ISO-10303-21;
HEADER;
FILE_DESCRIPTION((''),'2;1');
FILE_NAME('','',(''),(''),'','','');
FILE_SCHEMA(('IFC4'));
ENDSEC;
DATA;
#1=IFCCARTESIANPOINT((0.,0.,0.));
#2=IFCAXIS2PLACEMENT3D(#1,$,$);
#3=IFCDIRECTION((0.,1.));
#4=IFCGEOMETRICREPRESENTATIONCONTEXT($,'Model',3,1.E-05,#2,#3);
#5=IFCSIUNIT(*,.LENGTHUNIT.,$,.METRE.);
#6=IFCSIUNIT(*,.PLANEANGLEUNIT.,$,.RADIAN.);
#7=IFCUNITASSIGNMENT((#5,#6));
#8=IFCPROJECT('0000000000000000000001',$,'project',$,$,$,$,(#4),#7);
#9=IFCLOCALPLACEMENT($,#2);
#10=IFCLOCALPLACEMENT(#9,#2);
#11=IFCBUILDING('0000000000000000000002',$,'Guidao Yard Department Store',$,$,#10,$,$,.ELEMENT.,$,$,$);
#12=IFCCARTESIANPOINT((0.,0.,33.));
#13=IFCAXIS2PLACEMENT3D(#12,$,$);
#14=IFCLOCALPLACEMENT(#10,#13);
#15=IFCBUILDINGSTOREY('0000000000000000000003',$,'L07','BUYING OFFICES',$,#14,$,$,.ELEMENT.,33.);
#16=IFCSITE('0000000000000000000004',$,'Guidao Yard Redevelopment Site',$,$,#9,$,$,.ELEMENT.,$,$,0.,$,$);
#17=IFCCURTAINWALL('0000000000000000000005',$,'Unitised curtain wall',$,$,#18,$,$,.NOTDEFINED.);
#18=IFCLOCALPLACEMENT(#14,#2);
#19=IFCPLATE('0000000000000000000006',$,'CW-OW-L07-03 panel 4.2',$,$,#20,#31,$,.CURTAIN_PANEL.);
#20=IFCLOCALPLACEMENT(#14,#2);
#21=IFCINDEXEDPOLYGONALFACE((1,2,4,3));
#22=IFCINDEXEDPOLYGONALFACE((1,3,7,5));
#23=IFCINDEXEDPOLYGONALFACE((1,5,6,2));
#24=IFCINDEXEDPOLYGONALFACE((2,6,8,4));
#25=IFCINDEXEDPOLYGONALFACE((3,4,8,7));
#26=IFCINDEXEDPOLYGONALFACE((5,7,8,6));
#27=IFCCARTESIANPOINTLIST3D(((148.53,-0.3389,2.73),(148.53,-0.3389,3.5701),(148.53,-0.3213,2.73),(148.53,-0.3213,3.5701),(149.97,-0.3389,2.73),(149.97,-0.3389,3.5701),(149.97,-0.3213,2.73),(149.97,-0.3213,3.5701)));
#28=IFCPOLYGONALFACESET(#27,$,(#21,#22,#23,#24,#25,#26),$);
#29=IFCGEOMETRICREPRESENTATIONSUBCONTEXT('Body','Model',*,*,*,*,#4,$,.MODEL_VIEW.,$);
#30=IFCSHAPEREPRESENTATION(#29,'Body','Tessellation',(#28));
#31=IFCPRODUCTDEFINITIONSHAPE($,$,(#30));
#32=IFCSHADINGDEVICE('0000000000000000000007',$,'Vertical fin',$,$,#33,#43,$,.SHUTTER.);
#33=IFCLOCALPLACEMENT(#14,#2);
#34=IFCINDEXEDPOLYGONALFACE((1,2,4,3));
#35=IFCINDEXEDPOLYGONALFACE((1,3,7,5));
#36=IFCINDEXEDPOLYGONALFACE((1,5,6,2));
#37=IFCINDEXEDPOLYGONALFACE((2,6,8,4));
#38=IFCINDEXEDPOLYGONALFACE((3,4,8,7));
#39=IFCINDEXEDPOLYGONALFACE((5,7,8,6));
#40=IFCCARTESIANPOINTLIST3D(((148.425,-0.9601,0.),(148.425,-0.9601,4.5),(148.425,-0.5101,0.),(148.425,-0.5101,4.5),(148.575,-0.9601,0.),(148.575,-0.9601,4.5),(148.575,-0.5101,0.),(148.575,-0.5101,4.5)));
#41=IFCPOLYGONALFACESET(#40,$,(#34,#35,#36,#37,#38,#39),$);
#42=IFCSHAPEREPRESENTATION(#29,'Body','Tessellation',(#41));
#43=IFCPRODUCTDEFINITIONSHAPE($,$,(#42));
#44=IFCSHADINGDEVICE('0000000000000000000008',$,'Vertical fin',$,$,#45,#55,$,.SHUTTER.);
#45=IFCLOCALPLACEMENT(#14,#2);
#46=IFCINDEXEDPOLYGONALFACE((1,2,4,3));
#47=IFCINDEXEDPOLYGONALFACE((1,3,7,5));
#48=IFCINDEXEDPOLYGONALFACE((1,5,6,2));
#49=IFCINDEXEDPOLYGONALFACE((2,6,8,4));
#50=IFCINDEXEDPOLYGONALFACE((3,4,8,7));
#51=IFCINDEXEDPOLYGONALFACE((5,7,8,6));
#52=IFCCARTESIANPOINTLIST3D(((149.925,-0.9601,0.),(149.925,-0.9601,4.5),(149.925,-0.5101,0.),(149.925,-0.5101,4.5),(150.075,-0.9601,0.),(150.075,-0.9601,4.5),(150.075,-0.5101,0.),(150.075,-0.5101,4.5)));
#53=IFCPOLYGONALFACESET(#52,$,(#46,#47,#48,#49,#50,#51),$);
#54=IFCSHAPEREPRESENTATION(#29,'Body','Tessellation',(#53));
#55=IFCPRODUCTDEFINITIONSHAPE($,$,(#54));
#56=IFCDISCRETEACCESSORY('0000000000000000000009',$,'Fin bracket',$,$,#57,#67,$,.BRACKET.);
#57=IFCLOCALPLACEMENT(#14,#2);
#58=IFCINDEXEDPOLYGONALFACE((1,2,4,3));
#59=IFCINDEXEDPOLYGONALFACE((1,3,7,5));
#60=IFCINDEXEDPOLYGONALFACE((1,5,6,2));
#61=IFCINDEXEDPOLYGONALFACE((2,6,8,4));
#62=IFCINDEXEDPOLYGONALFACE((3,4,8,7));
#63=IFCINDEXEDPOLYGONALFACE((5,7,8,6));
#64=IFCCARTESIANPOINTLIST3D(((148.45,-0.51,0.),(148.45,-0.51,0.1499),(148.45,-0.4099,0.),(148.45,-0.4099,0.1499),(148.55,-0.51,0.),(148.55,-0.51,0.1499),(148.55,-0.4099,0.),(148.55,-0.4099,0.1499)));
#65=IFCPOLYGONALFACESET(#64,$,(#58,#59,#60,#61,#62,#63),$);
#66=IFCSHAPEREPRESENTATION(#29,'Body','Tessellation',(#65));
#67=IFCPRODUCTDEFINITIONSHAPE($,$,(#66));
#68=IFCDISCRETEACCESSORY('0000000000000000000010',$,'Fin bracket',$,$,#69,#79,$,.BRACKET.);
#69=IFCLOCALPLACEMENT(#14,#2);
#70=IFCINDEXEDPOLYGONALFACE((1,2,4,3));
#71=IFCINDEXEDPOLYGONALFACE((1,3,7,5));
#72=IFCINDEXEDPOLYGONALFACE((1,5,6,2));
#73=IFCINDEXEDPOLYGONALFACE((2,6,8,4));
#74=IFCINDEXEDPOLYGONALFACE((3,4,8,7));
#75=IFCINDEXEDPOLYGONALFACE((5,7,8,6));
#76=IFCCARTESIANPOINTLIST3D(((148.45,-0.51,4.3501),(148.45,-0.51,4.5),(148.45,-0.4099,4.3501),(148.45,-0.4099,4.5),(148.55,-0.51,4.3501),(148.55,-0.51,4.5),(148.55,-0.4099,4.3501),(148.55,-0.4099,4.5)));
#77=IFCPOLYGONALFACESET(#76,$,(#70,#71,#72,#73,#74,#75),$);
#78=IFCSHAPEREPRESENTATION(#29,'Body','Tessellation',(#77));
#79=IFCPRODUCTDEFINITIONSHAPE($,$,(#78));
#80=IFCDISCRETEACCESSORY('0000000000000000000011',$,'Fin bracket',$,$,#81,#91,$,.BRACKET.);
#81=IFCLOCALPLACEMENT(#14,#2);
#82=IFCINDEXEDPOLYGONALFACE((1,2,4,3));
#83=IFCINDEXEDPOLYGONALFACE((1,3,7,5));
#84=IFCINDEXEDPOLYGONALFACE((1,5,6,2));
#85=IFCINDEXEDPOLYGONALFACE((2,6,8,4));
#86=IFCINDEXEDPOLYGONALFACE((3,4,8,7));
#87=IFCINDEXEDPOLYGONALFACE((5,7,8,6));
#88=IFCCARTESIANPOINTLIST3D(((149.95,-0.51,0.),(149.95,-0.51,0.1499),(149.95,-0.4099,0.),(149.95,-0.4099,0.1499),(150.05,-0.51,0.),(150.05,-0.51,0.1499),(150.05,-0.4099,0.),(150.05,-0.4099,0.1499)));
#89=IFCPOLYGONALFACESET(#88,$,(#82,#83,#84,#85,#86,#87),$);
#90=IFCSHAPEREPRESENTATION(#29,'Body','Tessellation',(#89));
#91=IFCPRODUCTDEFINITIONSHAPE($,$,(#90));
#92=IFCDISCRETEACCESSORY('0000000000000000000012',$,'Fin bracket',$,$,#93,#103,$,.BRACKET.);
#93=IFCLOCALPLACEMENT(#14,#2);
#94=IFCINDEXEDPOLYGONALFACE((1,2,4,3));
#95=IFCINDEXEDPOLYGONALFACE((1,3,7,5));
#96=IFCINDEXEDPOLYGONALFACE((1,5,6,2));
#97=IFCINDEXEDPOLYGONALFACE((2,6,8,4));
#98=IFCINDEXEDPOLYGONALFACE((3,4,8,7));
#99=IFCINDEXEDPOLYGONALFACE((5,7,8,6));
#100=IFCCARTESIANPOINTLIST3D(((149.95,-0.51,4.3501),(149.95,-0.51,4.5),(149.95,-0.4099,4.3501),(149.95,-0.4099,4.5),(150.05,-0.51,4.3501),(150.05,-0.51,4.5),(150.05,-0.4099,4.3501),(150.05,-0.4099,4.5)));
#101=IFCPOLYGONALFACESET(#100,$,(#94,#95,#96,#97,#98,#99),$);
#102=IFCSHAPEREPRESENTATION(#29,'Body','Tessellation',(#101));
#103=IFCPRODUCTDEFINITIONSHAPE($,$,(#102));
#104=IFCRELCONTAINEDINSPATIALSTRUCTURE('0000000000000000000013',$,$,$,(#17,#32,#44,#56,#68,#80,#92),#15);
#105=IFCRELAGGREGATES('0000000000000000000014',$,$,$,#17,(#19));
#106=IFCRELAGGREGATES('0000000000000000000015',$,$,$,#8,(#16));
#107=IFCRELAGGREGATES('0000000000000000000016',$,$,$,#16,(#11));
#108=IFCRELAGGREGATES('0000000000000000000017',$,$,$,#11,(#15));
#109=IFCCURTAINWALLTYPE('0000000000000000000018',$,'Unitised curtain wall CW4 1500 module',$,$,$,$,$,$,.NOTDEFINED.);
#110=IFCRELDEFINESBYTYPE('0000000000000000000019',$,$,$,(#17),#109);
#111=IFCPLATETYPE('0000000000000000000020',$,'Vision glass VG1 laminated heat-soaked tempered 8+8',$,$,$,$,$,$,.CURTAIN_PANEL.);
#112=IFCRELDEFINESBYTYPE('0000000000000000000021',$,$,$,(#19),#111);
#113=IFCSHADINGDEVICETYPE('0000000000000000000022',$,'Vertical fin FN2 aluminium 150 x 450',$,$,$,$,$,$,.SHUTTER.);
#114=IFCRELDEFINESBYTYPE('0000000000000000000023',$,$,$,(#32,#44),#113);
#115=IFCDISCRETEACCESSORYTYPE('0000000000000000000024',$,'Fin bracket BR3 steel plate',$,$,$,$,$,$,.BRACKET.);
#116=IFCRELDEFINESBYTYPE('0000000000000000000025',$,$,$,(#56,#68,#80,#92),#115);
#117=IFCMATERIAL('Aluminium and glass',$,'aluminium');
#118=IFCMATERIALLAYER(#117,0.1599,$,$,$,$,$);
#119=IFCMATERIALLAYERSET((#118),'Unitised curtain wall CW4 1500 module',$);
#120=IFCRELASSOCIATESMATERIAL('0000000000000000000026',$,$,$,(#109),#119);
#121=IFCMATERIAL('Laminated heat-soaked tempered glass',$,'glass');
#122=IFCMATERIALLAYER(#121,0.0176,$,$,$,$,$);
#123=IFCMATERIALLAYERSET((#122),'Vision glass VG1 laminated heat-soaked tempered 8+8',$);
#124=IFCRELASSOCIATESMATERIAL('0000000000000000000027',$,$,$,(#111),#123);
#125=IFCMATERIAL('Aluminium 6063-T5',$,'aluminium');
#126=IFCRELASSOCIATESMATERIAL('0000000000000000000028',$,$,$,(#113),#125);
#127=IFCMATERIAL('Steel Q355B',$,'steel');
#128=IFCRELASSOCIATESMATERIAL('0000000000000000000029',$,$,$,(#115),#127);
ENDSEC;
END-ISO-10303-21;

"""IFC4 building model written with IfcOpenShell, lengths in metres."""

from ifc_helpers import new_model, si_unit, direction, frame, origin, origin_2d, place, context, subcontext, project, spatial, rectangle, extrude, material, layer, layer_set, type_object, element, aggregate, save


model = new_model("IFC4")

# Units and contexts
model_context = context("Model", 3, precision=1e-05, world=origin(), true_north=direction((0.0, 1.0)))
body_context = subcontext(model_context, "Body", "Model", "MODEL_VIEW")
ifc_project = project(units=[si_unit("LENGTHUNIT", "METRE"), si_unit("PLANEANGLEUNIT", "RADIAN")], contexts=[model_context])

# Site, building, storey
site_placement = place(None, origin())
site = spatial("IfcSite", under=ifc_project, at=site_placement, Name="Guidao Yard Redevelopment Site", CompositionType="ELEMENT", RefElevation=0.0)
building_placement = place(site_placement, origin())
building = spatial("IfcBuilding", under=site, at=building_placement, Name="Guidao Yard Department Store", CompositionType="ELEMENT")
storey_placement = place(building_placement, frame((0.0, 0.0, 33.0)))
storey = spatial("IfcBuildingStorey", under=building, at=storey_placement, Name="L07", Description="BUYING OFFICES", CompositionType="ELEMENT", Elevation=33.0)

# Curtain wall, plate
ifc_material_1 = material(Name="Aluminium and glass", Category="aluminium")
ifc_layer_1 = layer(ifc_material_1, 0.1599)
ifc_layer_set_1 = layer_set([ifc_layer_1], Name="Unitised curtain wall CW4 1500 module")
curtain_wall_type = type_object("IfcCurtainWallType", Name="Unitised curtain wall CW4 1500 module", PredefinedType="NOTDEFINED", material=ifc_layer_set_1)
curtain_wall_placement = place(storey_placement, origin())
curtain_wall = element("IfcCurtainWall", 1, at=curtain_wall_placement, inside=storey, type_object=curtain_wall_type, Name="Unitised curtain wall", PredefinedType="NOTDEFINED")
ifc_material_2 = material(Name="Laminated heat-soaked tempered glass", Category="glass")
ifc_layer_2 = layer(ifc_material_2, 0.0176)
ifc_layer_set_2 = layer_set([ifc_layer_2], Name="Vision glass VG1 laminated heat-soaked tempered 8+8")
plate_type_1 = type_object("IfcPlateType", Name="Vision glass VG1 laminated heat-soaked tempered 8+8", PredefinedType="CURTAIN_PANEL", material=ifc_layer_set_2)
plate_1_placement = place(storey_placement, frame((149.25, -0.3301, 2.73), z_axis=(0.0, 0.0, 1.0), x_axis=(-1.0, 0.0, 0.0)))
plate_1 = element("IfcPlate", 2, at=plate_1_placement, type_object=plate_type_1, Name="CW-OW-L07-03 panel 4.2", PredefinedType="CURTAIN_PANEL", context=body_context, shape_type="SweptSolid", body=[
    extrude(rectangle(XDim=1.4399, YDim=0.0176, at=origin_2d()), origin(), (0.0, 0.0, 1.0), 0.8401),
])
aggregate(curtain_wall, [plate_1])

# Shading devices
ifc_material_3 = material(Name="Aluminium 6063-T5", Category="aluminium")
shading_device_type = type_object("IfcShadingDeviceType", Name="Vertical fin FN2 aluminium 150 x 450", PredefinedType="SHUTTER", material=ifc_material_3)
for number, where, z_axis, x_axis, name in (
    (3, (148.5, -0.7351, 0.0), (0.0, 0.0, 1.0), (-1.0, 0.0, 0.0), "Vertical fin"),
    (4, (150.0, -0.7351, 0.0), (0.0, 0.0, 1.0), (-1.0, 0.0, 0.0), "Vertical fin"),
):
    element("IfcShadingDevice", number, at=place(storey_placement, frame(where, z_axis=z_axis, x_axis=x_axis)), inside=storey, type_object=shading_device_type, Name=name, PredefinedType="SHUTTER", context=body_context, shape_type="SweptSolid", body=[
        extrude(rectangle(XDim=0.1499, YDim=0.45, at=origin_2d()), origin(), (0.0, 0.0, 1.0), 4.5),
    ])

# Discrete accessories
ifc_material_4 = material(Name="Steel Q355B", Category="steel")
discrete_accessory_type = type_object("IfcDiscreteAccessoryType", Name="Fin bracket BR3 steel plate", PredefinedType="BRACKET", material=ifc_material_4)
for number, where, z_axis, x_axis, name in (
    (5, (148.5, -0.46, 0.0), (0.0, 0.0, 1.0), (-1.0, 0.0, 0.0), "Fin bracket"),
    (6, (148.5, -0.46, 4.3501), (0.0, 0.0, 1.0), (-1.0, 0.0, 0.0), "Fin bracket"),
    (7, (150.0, -0.46, 0.0), (0.0, 0.0, 1.0), (-1.0, 0.0, 0.0), "Fin bracket"),
    (8, (150.0, -0.46, 4.3501), (0.0, 0.0, 1.0), (-1.0, 0.0, 0.0), "Fin bracket"),
):
    element("IfcDiscreteAccessory", number, at=place(storey_placement, frame(where, z_axis=z_axis, x_axis=x_axis)), inside=storey, type_object=discrete_accessory_type, Name=name, PredefinedType="BRACKET", context=body_context, shape_type="SweptSolid", body=[
        extrude(rectangle(XDim=0.1001, YDim=0.1001, at=origin_2d()), origin(), (0.0, 0.0, 1.0), 0.1499),
    ])

save(model, "model.ifc")
